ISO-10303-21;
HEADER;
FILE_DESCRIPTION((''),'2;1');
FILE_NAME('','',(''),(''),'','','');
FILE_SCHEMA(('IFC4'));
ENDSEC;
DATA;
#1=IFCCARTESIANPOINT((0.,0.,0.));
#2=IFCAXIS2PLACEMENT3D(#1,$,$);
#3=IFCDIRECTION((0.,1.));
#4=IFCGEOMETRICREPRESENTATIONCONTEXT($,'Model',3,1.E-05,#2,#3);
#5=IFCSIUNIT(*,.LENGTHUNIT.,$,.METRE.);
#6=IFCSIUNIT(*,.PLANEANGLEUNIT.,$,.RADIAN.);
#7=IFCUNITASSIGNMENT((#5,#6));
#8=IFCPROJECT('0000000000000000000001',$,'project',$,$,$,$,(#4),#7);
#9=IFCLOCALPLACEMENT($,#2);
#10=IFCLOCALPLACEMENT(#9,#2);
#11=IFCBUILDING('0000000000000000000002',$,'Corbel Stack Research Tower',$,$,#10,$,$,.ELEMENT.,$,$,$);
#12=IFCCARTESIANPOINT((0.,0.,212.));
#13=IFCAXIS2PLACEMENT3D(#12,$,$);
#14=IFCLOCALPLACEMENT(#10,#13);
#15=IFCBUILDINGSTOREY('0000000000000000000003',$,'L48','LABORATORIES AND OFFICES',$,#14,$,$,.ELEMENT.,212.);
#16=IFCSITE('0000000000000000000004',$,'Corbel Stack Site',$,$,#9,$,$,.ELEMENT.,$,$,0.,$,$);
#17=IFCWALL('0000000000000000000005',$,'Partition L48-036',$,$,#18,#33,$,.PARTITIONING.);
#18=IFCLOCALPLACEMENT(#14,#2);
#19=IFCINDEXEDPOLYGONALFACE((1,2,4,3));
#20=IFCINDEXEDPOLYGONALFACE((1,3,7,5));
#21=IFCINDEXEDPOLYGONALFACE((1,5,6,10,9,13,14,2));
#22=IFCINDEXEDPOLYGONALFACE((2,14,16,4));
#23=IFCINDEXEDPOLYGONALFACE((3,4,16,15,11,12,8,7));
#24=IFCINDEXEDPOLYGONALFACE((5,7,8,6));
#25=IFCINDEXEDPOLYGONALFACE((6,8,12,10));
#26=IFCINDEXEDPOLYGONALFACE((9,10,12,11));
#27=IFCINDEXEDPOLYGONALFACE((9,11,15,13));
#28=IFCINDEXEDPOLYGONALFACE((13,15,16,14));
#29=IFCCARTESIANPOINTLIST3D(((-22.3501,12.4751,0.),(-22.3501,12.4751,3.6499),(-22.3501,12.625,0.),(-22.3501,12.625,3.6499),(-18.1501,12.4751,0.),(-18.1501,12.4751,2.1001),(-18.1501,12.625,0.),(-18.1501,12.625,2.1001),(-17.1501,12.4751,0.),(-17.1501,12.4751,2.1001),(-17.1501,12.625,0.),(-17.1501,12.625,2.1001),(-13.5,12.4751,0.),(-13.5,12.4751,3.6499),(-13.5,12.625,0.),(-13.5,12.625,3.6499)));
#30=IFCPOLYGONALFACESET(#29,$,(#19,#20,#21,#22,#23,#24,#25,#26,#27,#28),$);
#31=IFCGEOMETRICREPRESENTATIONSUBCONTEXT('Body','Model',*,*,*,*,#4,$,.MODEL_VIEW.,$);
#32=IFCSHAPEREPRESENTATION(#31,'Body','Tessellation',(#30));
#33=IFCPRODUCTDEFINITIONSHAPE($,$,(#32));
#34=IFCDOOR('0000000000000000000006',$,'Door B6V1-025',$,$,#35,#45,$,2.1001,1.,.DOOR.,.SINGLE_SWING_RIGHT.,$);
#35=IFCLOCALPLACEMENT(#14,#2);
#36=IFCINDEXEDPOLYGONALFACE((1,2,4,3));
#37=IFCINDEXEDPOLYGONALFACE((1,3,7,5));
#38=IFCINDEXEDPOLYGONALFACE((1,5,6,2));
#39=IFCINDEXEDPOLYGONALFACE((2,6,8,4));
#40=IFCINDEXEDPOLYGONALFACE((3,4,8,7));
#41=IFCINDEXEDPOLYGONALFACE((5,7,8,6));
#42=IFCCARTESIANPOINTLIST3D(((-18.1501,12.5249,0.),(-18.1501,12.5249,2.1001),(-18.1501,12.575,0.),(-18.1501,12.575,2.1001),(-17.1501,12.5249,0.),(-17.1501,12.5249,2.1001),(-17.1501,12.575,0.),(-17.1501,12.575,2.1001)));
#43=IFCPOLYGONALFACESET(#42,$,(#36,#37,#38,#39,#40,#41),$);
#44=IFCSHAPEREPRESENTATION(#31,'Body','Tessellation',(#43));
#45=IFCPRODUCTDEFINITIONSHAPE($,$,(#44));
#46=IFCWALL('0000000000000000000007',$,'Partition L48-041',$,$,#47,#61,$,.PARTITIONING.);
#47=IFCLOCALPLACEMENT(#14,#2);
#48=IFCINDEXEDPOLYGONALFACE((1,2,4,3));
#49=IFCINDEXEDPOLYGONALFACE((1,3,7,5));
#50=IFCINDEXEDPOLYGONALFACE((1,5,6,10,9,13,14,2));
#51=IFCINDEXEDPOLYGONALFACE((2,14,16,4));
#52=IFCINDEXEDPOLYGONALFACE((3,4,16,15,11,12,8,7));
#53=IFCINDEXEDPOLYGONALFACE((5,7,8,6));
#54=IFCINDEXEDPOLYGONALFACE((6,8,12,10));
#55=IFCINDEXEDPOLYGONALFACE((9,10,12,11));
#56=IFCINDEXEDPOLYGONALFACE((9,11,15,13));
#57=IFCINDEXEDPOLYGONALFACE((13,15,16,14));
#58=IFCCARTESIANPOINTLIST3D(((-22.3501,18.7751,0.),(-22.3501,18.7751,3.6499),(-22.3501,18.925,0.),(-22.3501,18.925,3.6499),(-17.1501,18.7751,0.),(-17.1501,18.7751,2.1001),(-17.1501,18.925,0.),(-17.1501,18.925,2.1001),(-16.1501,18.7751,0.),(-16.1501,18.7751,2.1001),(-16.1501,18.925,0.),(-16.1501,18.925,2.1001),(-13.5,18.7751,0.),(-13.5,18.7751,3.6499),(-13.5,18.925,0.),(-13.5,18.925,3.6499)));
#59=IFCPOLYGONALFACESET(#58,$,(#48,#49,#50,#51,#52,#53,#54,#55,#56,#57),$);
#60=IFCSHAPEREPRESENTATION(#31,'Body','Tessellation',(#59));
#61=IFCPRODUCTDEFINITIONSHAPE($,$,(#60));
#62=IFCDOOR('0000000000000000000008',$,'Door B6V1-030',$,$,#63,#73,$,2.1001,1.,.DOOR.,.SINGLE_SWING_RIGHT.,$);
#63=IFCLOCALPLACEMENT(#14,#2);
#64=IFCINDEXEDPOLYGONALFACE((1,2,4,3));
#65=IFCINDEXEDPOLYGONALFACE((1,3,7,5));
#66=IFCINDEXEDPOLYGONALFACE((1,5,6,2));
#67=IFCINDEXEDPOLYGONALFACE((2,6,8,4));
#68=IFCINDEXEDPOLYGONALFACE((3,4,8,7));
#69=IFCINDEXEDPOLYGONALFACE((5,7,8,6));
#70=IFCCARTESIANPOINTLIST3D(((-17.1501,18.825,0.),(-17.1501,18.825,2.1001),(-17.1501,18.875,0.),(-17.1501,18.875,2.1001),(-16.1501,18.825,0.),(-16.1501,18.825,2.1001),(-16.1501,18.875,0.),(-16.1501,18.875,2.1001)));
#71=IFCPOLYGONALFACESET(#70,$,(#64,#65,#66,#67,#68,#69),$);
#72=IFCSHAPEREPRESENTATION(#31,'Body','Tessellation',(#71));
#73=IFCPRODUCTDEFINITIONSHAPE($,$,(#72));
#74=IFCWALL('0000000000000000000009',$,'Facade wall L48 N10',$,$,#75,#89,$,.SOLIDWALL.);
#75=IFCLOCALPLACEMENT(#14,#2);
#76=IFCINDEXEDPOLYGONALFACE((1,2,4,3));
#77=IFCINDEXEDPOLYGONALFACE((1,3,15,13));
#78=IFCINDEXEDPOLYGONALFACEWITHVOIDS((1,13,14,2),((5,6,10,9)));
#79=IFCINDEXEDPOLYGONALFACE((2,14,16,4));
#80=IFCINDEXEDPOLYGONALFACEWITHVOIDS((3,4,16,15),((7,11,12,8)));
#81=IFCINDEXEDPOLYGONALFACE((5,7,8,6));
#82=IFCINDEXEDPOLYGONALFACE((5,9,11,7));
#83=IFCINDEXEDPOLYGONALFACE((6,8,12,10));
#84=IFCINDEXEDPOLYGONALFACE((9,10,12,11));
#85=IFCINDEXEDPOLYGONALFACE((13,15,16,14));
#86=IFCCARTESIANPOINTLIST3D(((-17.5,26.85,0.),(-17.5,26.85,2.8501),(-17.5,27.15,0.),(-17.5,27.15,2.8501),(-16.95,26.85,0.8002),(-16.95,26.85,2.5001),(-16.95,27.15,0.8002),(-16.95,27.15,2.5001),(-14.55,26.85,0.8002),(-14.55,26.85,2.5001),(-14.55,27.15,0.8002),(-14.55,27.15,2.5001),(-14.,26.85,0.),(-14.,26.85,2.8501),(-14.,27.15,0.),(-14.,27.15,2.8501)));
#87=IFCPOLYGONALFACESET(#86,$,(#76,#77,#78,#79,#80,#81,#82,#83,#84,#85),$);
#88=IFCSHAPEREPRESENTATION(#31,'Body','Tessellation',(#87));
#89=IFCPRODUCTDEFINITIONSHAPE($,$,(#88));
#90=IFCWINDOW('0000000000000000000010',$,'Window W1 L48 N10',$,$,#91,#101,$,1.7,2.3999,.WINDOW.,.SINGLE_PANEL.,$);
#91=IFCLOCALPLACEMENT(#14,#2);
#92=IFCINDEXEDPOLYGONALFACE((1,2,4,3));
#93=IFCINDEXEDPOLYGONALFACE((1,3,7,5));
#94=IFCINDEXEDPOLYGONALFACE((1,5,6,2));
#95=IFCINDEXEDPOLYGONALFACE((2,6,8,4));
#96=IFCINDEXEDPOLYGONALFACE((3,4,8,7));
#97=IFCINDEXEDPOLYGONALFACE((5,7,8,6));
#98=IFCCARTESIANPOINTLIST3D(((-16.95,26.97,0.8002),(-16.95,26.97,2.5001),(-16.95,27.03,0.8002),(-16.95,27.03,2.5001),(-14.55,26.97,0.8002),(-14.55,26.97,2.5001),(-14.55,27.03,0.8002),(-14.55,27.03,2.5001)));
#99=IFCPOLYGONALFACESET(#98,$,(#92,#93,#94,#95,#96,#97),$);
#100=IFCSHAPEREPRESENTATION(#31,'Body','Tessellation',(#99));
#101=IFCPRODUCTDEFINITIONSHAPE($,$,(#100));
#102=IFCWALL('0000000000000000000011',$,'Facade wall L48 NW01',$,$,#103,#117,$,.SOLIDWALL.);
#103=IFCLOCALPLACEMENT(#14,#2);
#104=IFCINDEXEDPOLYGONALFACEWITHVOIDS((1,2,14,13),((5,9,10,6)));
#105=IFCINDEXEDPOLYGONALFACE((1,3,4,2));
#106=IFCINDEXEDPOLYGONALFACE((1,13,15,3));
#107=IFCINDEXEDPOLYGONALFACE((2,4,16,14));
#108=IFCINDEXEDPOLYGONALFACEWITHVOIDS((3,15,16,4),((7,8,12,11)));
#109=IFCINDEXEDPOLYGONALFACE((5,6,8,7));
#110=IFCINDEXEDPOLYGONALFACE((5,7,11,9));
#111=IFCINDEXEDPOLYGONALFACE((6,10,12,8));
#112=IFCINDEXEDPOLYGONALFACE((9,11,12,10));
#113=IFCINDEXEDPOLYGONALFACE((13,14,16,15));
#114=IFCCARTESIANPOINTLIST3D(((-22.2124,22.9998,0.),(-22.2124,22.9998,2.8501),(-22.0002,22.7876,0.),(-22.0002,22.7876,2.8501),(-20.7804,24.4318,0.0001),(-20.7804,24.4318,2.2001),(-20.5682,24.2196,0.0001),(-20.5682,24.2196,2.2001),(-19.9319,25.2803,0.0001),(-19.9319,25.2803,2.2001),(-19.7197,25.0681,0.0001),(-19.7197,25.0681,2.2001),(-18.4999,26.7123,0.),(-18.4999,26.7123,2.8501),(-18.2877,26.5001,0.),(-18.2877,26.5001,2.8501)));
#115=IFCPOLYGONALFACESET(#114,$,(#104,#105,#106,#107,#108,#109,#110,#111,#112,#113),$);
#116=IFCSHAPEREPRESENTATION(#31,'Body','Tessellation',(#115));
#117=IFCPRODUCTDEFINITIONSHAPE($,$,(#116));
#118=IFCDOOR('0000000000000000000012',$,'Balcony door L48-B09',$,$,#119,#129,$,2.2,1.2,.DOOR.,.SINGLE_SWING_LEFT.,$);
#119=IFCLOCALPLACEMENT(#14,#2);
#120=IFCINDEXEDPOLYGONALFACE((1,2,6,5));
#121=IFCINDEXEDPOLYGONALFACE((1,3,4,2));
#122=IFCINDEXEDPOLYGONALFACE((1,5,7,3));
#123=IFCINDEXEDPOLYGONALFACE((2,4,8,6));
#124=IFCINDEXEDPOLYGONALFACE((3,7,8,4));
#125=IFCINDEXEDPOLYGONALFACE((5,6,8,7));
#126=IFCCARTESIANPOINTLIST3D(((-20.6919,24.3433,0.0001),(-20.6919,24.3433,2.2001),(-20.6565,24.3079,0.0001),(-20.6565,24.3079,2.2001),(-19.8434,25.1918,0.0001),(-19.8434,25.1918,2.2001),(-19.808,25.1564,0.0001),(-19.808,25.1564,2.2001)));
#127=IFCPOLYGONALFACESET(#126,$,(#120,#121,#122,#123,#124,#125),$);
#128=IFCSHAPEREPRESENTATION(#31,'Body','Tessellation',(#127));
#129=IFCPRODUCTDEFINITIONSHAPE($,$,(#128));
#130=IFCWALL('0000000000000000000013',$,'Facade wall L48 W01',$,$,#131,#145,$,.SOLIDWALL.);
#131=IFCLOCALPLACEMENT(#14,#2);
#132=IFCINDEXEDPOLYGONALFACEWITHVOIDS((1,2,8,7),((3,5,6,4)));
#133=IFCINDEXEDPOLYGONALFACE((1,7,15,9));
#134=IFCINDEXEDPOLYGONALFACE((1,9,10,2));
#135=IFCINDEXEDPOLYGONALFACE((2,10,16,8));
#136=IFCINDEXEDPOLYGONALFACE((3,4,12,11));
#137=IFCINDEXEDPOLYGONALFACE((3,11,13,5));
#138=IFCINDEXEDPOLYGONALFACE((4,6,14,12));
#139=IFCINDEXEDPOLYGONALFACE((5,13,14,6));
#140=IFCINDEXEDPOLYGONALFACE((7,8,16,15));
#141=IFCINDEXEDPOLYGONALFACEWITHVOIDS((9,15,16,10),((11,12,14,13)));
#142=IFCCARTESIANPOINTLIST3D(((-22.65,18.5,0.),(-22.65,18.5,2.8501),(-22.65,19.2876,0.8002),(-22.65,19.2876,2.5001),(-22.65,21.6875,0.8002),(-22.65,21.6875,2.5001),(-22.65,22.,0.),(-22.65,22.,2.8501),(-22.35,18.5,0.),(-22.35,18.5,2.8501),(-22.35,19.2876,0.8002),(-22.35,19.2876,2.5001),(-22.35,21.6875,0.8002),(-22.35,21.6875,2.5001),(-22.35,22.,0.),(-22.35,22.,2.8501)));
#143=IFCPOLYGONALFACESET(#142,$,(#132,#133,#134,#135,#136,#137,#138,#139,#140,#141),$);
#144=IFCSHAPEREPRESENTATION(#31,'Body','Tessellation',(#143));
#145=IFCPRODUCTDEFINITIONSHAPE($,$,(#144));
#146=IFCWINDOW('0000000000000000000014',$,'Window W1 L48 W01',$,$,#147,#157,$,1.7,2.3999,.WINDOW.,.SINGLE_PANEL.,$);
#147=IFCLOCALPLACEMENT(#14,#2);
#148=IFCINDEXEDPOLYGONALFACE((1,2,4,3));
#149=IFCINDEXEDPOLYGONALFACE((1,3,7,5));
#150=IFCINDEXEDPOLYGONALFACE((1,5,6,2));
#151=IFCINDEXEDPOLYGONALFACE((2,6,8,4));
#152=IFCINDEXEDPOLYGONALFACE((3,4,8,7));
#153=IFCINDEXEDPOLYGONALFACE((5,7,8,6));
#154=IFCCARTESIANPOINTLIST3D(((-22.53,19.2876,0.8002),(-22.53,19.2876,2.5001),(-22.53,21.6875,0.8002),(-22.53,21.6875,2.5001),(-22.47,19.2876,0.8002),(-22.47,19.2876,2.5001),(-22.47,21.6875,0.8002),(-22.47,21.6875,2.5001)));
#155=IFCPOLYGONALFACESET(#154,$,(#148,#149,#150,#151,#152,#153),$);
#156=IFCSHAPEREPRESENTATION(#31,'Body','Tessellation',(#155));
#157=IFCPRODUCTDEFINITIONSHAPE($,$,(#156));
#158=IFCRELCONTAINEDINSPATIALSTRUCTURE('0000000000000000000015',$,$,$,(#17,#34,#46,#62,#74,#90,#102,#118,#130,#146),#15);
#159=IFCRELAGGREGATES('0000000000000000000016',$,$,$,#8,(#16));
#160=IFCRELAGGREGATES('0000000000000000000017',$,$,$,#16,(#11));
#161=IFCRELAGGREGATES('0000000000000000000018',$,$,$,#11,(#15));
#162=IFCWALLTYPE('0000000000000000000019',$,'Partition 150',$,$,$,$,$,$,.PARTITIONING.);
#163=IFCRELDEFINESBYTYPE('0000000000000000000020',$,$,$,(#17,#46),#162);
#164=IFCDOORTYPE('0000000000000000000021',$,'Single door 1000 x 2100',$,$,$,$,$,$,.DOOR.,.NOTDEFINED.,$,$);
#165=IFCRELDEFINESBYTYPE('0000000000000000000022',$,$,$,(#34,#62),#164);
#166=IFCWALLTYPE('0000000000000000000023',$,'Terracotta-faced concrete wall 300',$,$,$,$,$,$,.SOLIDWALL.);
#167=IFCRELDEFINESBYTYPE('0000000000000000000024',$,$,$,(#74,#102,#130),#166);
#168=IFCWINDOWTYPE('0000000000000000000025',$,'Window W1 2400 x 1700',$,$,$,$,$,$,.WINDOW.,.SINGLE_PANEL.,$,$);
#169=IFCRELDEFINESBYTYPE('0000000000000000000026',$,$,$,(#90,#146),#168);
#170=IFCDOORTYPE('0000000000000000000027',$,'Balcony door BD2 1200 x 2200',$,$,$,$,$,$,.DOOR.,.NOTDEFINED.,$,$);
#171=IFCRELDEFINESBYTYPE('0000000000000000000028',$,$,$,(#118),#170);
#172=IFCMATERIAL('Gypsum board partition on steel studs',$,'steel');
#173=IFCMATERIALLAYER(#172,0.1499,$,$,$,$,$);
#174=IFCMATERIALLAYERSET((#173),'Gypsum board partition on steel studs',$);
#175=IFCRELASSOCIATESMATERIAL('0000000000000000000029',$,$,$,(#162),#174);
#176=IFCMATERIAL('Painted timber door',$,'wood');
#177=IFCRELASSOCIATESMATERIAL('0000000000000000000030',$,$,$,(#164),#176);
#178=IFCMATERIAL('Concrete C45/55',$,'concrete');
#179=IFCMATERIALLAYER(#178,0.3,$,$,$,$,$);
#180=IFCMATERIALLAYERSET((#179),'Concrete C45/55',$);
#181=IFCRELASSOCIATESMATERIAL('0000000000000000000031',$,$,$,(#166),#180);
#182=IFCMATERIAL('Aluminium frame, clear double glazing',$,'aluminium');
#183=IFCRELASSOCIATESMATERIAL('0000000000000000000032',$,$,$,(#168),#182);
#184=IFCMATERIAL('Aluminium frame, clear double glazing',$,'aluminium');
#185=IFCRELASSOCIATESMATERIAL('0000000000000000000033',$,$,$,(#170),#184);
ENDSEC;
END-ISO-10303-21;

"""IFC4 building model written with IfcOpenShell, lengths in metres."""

from ifc_helpers import new_model, si_unit, direction, frame, frame_2d, origin, place, context, subcontext, project, spatial, rectangle, extrude, material, layer, layer_set, type_object, element, fill, save


model = new_model("IFC4")

# Units and contexts
model_context = context("Model", 3, precision=1e-05, world=origin(), true_north=direction((0.0, 1.0)))
body_context = subcontext(model_context, "Body", "Model", "MODEL_VIEW")
ifc_project = project(units=[si_unit("LENGTHUNIT", "METRE"), si_unit("PLANEANGLEUNIT", "RADIAN")], contexts=[model_context])

# Site, building, storey
site_placement = place(None, origin())
site = spatial("IfcSite", under=ifc_project, at=site_placement, Name="Corbel Stack Site", CompositionType="ELEMENT", RefElevation=0.0)
building_placement = place(site_placement, origin())
building = spatial("IfcBuilding", under=site, at=building_placement, Name="Corbel Stack Research Tower", CompositionType="ELEMENT")
storey_placement = place(building_placement, frame((0.0, 0.0, 212.0)))
storey = spatial("IfcBuildingStorey", under=building, at=storey_placement, Name="L48", Description="LABORATORIES AND OFFICES", CompositionType="ELEMENT", Elevation=212.0)

# Walls, openings, doors
ifc_material_1 = material(Name="Gypsum board partition on steel studs", Category="steel")
ifc_layer_1 = layer(ifc_material_1, 0.1499)
ifc_layer_set_1 = layer_set([ifc_layer_1], Name="Gypsum board partition on steel studs")
wall_type_1 = type_object("IfcWallType", Name="Partition 150", PredefinedType="PARTITIONING", material=ifc_layer_set_1)
wall_1_placement = place(storey_placement, frame((-22.3501, 12.55, 0.0), z_axis=(0.0, 0.0, 1.0), x_axis=(1.0, 0.0, 0.0)))
wall_1 = element("IfcWall", 1, at=wall_1_placement, inside=storey, type_object=wall_type_1, Name="Partition L48-036", PredefinedType="PARTITIONING", context=body_context, shape_type="SweptSolid", body=[
    extrude(rectangle(XDim=8.8501, YDim=0.1499, at=frame_2d((4.425, 0.0))), origin(), (0.0, 0.0, 1.0), 3.6499),
])
opening_1_placement = place(wall_1_placement, frame((4.2, 0.0, 0.0)))
opening_1 = element("IfcOpeningElement", 2, at=opening_1_placement, cuts=wall_1, PredefinedType="OPENING", context=body_context, shape_type="SweptSolid", body=[
    extrude(rectangle(XDim=1.0, YDim=2.1001, at=frame_2d((0.5, 1.05))), frame((0.0, 0.085, 0.0), z_axis=(0.0, -1.0, 0.0), x_axis=(1.0, 0.0, 0.0)), (0.0, 0.0, 1.0), 0.1699),
])
ifc_material_2 = material(Name="Painted timber door", Category="wood")
door_type_1 = type_object("IfcDoorType", Name="Single door 1000 x 2100", OperationType="NOTDEFINED", PredefinedType="DOOR", material=ifc_material_2)
door_1_placement = place(opening_1_placement, origin())
door_1 = element("IfcDoor", 3, at=door_1_placement, inside=storey, type_object=door_type_1, Name="Door B6V1-025", OperationType="SINGLE_SWING_RIGHT", OverallHeight=2.1001, OverallWidth=1.0, PredefinedType="DOOR", context=body_context, shape_type="SweptSolid", body=[
    extrude(rectangle(XDim=1.0, YDim=2.1001, at=frame_2d((0.5, 1.05))), frame((0.0, 0.0249, 0.0), z_axis=(0.0, -1.0, 0.0), x_axis=(1.0, 0.0, 0.0)), (0.0, 0.0, 1.0), 0.05),
])
fill(opening_1, door_1)
wall_2_placement = place(storey_placement, frame((-22.3501, 18.8501, 0.0), z_axis=(0.0, 0.0, 1.0), x_axis=(1.0, 0.0, 0.0)))
wall_2 = element("IfcWall", 4, at=wall_2_placement, inside=storey, type_object=wall_type_1, Name="Partition L48-041", PredefinedType="PARTITIONING", context=body_context, shape_type="SweptSolid", body=[
    extrude(rectangle(XDim=8.8501, YDim=0.1499, at=frame_2d((4.425, 0.0))), origin(), (0.0, 0.0, 1.0), 3.6499),
])
opening_2_placement = place(wall_2_placement, frame((5.2, 0.0, 0.0)))
opening_2 = element("IfcOpeningElement", 5, at=opening_2_placement, cuts=wall_2, PredefinedType="OPENING", context=body_context, shape_type="SweptSolid", body=[
    extrude(rectangle(XDim=1.0, YDim=2.1001, at=frame_2d((0.5, 1.05))), frame((0.0, 0.085, 0.0), z_axis=(0.0, -1.0, 0.0), x_axis=(1.0, 0.0, 0.0)), (0.0, 0.0, 1.0), 0.1699),
])
door_2_placement = place(opening_2_placement, origin())
door_2 = element("IfcDoor", 6, at=door_2_placement, inside=storey, type_object=door_type_1, Name="Door B6V1-030", OperationType="SINGLE_SWING_RIGHT", OverallHeight=2.1001, OverallWidth=1.0, PredefinedType="DOOR", context=body_context, shape_type="SweptSolid", body=[
    extrude(rectangle(XDim=1.0, YDim=2.1001, at=frame_2d((0.5, 1.05))), frame((0.0, 0.0249, 0.0), z_axis=(0.0, -1.0, 0.0), x_axis=(1.0, 0.0, 0.0)), (0.0, 0.0, 1.0), 0.05),
])
fill(opening_2, door_2)

# Wall, opening, window
ifc_material_3 = material(Name="Concrete C45/55", Category="concrete")
ifc_layer_2 = layer(ifc_material_3, 0.3)
ifc_layer_set_2 = layer_set([ifc_layer_2], Name="Concrete C45/55")
wall_type_2 = type_object("IfcWallType", Name="Terracotta-faced concrete wall 300", PredefinedType="SOLIDWALL", material=ifc_layer_set_2)
wall_3_placement = place(storey_placement, frame((-17.5, 27.0, 0.0), z_axis=(0.0, 0.0, 1.0), x_axis=(1.0, 0.0, 0.0)))
wall_3 = element("IfcWall", 7, at=wall_3_placement, inside=storey, type_object=wall_type_2, Name="Facade wall L48 N10", PredefinedType="SOLIDWALL", context=body_context, shape_type="SweptSolid", body=[
    extrude(rectangle(XDim=3.5, YDim=0.3, at=frame_2d((1.75, 0.0))), origin(), (0.0, 0.0, 1.0), 2.8501),
])
opening_3_placement = place(wall_3_placement, frame((0.55, 0.0, 0.8)))
opening_3 = element("IfcOpeningElement", 8, at=opening_3_placement, cuts=wall_3, PredefinedType="OPENING", context=body_context, shape_type="SweptSolid", body=[
    extrude(rectangle(XDim=2.3999, YDim=1.7, at=frame_2d((1.2, 0.8501))), frame((0.0, 0.1599, 0.0), z_axis=(0.0, -1.0, 0.0), x_axis=(1.0, 0.0, 0.0)), (0.0, 0.0, 1.0), 0.3201),
])
ifc_material_4 = material(Name="Aluminium frame, clear double glazing", Category="aluminium")
window_type = type_object("IfcWindowType", Name="Window W1 2400 x 1700", PartitioningType="SINGLE_PANEL", PredefinedType="WINDOW", material=ifc_material_4)
window_1_placement = place(opening_3_placement, origin())
window_1 = element("IfcWindow", 9, at=window_1_placement, inside=storey, type_object=window_type, Name="Window W1 L48 N10", OverallHeight=1.7, OverallWidth=2.3999, PartitioningType="SINGLE_PANEL", PredefinedType="WINDOW", context=body_context, shape_type="SweptSolid", body=[
    extrude(rectangle(XDim=2.3999, YDim=1.7, at=frame_2d((1.2, 0.8501))), frame((0.0, 0.03, 0.0), z_axis=(0.0, -1.0, 0.0), x_axis=(1.0, 0.0, 0.0)), (0.0, 0.0, 1.0), 0.0601),
])
fill(opening_3, window_1)

# Wall, opening, door
wall_4_placement = place(storey_placement, frame((-22.1062, 22.8938, 0.0), z_axis=(0.0, 0.0, 1.0), x_axis=(0.707107, 0.707107, 0.0)))
wall_4 = element("IfcWall", 10, at=wall_4_placement, inside=storey, type_object=wall_type_2, Name="Facade wall L48 NW01", PredefinedType="SOLIDWALL", context=body_context, shape_type="SweptSolid", body=[
    extrude(rectangle(XDim=5.2502, YDim=0.3, at=frame_2d((2.625, 0.0))), origin(), (0.0, 0.0, 1.0), 2.8501),
])
opening_4_placement = place(wall_4_placement, frame((2.0249, 0.0, 0.0)))
opening_4 = element("IfcOpeningElement", 11, at=opening_4_placement, cuts=wall_4, PredefinedType="OPENING", context=body_context, shape_type="SweptSolid", body=[
    extrude(rectangle(XDim=1.2, YDim=2.2, at=frame_2d((0.6001, 1.1001))), frame((0.0, 0.1599, 0.0), z_axis=(0.0, -1.0, 0.0), x_axis=(1.0, 0.0, 0.0)), (0.0, 0.0, 1.0), 0.3201),
])
ifc_material_5 = material(Name="Aluminium frame, clear double glazing", Category="aluminium")
door_type_2 = type_object("IfcDoorType", Name="Balcony door BD2 1200 x 2200", OperationType="NOTDEFINED", PredefinedType="DOOR", material=ifc_material_5)
door_3_placement = place(opening_4_placement, origin())
door_3 = element("IfcDoor", 12, at=door_3_placement, inside=storey, type_object=door_type_2, Name="Balcony door L48-B09", OperationType="SINGLE_SWING_LEFT", OverallHeight=2.2, OverallWidth=1.2, PredefinedType="DOOR", context=body_context, shape_type="SweptSolid", body=[
    extrude(rectangle(XDim=1.2, YDim=2.2, at=frame_2d((0.6001, 1.1001))), frame((0.0, 0.0249, 0.0), z_axis=(0.0, -1.0, 0.0), x_axis=(1.0, 0.0, 0.0)), (0.0, 0.0, 1.0), 0.05),
])
fill(opening_4, door_3)

# Wall, opening, window
wall_5_placement = place(storey_placement, frame((-22.5, 18.5, 0.0), z_axis=(0.0, 0.0, 1.0), x_axis=(0.0, 1.0, 0.0)))
wall_5 = element("IfcWall", 13, at=wall_5_placement, inside=storey, type_object=wall_type_2, Name="Facade wall L48 W01", PredefinedType="SOLIDWALL", context=body_context, shape_type="SweptSolid", body=[
    extrude(rectangle(XDim=3.5, YDim=0.3, at=frame_2d((1.75, 0.0))), origin(), (0.0, 0.0, 1.0), 2.8501),
])
opening_5_placement = place(wall_5_placement, frame((0.7876, 0.0, 0.8)))
opening_5 = element("IfcOpeningElement", 14, at=opening_5_placement, cuts=wall_5, PredefinedType="OPENING", context=body_context, shape_type="SweptSolid", body=[
    extrude(rectangle(XDim=2.3999, YDim=1.7, at=frame_2d((1.2, 0.8501))), frame((0.0, 0.1599, 0.0), z_axis=(0.0, -1.0, 0.0), x_axis=(1.0, 0.0, 0.0)), (0.0, 0.0, 1.0), 0.3201),
])
window_2_placement = place(opening_5_placement, origin())
window_2 = element("IfcWindow", 15, at=window_2_placement, inside=storey, type_object=window_type, Name="Window W1 L48 W01", OverallHeight=1.7, OverallWidth=2.3999, PartitioningType="SINGLE_PANEL", PredefinedType="WINDOW", context=body_context, shape_type="SweptSolid", body=[
    extrude(rectangle(XDim=2.3999, YDim=1.7, at=frame_2d((1.2, 0.8501))), frame((0.0, 0.03, 0.0), z_axis=(0.0, -1.0, 0.0), x_axis=(1.0, 0.0, 0.0)), (0.0, 0.0, 1.0), 0.0601),
])
fill(opening_5, window_2)

save(model, "model.ifc")
